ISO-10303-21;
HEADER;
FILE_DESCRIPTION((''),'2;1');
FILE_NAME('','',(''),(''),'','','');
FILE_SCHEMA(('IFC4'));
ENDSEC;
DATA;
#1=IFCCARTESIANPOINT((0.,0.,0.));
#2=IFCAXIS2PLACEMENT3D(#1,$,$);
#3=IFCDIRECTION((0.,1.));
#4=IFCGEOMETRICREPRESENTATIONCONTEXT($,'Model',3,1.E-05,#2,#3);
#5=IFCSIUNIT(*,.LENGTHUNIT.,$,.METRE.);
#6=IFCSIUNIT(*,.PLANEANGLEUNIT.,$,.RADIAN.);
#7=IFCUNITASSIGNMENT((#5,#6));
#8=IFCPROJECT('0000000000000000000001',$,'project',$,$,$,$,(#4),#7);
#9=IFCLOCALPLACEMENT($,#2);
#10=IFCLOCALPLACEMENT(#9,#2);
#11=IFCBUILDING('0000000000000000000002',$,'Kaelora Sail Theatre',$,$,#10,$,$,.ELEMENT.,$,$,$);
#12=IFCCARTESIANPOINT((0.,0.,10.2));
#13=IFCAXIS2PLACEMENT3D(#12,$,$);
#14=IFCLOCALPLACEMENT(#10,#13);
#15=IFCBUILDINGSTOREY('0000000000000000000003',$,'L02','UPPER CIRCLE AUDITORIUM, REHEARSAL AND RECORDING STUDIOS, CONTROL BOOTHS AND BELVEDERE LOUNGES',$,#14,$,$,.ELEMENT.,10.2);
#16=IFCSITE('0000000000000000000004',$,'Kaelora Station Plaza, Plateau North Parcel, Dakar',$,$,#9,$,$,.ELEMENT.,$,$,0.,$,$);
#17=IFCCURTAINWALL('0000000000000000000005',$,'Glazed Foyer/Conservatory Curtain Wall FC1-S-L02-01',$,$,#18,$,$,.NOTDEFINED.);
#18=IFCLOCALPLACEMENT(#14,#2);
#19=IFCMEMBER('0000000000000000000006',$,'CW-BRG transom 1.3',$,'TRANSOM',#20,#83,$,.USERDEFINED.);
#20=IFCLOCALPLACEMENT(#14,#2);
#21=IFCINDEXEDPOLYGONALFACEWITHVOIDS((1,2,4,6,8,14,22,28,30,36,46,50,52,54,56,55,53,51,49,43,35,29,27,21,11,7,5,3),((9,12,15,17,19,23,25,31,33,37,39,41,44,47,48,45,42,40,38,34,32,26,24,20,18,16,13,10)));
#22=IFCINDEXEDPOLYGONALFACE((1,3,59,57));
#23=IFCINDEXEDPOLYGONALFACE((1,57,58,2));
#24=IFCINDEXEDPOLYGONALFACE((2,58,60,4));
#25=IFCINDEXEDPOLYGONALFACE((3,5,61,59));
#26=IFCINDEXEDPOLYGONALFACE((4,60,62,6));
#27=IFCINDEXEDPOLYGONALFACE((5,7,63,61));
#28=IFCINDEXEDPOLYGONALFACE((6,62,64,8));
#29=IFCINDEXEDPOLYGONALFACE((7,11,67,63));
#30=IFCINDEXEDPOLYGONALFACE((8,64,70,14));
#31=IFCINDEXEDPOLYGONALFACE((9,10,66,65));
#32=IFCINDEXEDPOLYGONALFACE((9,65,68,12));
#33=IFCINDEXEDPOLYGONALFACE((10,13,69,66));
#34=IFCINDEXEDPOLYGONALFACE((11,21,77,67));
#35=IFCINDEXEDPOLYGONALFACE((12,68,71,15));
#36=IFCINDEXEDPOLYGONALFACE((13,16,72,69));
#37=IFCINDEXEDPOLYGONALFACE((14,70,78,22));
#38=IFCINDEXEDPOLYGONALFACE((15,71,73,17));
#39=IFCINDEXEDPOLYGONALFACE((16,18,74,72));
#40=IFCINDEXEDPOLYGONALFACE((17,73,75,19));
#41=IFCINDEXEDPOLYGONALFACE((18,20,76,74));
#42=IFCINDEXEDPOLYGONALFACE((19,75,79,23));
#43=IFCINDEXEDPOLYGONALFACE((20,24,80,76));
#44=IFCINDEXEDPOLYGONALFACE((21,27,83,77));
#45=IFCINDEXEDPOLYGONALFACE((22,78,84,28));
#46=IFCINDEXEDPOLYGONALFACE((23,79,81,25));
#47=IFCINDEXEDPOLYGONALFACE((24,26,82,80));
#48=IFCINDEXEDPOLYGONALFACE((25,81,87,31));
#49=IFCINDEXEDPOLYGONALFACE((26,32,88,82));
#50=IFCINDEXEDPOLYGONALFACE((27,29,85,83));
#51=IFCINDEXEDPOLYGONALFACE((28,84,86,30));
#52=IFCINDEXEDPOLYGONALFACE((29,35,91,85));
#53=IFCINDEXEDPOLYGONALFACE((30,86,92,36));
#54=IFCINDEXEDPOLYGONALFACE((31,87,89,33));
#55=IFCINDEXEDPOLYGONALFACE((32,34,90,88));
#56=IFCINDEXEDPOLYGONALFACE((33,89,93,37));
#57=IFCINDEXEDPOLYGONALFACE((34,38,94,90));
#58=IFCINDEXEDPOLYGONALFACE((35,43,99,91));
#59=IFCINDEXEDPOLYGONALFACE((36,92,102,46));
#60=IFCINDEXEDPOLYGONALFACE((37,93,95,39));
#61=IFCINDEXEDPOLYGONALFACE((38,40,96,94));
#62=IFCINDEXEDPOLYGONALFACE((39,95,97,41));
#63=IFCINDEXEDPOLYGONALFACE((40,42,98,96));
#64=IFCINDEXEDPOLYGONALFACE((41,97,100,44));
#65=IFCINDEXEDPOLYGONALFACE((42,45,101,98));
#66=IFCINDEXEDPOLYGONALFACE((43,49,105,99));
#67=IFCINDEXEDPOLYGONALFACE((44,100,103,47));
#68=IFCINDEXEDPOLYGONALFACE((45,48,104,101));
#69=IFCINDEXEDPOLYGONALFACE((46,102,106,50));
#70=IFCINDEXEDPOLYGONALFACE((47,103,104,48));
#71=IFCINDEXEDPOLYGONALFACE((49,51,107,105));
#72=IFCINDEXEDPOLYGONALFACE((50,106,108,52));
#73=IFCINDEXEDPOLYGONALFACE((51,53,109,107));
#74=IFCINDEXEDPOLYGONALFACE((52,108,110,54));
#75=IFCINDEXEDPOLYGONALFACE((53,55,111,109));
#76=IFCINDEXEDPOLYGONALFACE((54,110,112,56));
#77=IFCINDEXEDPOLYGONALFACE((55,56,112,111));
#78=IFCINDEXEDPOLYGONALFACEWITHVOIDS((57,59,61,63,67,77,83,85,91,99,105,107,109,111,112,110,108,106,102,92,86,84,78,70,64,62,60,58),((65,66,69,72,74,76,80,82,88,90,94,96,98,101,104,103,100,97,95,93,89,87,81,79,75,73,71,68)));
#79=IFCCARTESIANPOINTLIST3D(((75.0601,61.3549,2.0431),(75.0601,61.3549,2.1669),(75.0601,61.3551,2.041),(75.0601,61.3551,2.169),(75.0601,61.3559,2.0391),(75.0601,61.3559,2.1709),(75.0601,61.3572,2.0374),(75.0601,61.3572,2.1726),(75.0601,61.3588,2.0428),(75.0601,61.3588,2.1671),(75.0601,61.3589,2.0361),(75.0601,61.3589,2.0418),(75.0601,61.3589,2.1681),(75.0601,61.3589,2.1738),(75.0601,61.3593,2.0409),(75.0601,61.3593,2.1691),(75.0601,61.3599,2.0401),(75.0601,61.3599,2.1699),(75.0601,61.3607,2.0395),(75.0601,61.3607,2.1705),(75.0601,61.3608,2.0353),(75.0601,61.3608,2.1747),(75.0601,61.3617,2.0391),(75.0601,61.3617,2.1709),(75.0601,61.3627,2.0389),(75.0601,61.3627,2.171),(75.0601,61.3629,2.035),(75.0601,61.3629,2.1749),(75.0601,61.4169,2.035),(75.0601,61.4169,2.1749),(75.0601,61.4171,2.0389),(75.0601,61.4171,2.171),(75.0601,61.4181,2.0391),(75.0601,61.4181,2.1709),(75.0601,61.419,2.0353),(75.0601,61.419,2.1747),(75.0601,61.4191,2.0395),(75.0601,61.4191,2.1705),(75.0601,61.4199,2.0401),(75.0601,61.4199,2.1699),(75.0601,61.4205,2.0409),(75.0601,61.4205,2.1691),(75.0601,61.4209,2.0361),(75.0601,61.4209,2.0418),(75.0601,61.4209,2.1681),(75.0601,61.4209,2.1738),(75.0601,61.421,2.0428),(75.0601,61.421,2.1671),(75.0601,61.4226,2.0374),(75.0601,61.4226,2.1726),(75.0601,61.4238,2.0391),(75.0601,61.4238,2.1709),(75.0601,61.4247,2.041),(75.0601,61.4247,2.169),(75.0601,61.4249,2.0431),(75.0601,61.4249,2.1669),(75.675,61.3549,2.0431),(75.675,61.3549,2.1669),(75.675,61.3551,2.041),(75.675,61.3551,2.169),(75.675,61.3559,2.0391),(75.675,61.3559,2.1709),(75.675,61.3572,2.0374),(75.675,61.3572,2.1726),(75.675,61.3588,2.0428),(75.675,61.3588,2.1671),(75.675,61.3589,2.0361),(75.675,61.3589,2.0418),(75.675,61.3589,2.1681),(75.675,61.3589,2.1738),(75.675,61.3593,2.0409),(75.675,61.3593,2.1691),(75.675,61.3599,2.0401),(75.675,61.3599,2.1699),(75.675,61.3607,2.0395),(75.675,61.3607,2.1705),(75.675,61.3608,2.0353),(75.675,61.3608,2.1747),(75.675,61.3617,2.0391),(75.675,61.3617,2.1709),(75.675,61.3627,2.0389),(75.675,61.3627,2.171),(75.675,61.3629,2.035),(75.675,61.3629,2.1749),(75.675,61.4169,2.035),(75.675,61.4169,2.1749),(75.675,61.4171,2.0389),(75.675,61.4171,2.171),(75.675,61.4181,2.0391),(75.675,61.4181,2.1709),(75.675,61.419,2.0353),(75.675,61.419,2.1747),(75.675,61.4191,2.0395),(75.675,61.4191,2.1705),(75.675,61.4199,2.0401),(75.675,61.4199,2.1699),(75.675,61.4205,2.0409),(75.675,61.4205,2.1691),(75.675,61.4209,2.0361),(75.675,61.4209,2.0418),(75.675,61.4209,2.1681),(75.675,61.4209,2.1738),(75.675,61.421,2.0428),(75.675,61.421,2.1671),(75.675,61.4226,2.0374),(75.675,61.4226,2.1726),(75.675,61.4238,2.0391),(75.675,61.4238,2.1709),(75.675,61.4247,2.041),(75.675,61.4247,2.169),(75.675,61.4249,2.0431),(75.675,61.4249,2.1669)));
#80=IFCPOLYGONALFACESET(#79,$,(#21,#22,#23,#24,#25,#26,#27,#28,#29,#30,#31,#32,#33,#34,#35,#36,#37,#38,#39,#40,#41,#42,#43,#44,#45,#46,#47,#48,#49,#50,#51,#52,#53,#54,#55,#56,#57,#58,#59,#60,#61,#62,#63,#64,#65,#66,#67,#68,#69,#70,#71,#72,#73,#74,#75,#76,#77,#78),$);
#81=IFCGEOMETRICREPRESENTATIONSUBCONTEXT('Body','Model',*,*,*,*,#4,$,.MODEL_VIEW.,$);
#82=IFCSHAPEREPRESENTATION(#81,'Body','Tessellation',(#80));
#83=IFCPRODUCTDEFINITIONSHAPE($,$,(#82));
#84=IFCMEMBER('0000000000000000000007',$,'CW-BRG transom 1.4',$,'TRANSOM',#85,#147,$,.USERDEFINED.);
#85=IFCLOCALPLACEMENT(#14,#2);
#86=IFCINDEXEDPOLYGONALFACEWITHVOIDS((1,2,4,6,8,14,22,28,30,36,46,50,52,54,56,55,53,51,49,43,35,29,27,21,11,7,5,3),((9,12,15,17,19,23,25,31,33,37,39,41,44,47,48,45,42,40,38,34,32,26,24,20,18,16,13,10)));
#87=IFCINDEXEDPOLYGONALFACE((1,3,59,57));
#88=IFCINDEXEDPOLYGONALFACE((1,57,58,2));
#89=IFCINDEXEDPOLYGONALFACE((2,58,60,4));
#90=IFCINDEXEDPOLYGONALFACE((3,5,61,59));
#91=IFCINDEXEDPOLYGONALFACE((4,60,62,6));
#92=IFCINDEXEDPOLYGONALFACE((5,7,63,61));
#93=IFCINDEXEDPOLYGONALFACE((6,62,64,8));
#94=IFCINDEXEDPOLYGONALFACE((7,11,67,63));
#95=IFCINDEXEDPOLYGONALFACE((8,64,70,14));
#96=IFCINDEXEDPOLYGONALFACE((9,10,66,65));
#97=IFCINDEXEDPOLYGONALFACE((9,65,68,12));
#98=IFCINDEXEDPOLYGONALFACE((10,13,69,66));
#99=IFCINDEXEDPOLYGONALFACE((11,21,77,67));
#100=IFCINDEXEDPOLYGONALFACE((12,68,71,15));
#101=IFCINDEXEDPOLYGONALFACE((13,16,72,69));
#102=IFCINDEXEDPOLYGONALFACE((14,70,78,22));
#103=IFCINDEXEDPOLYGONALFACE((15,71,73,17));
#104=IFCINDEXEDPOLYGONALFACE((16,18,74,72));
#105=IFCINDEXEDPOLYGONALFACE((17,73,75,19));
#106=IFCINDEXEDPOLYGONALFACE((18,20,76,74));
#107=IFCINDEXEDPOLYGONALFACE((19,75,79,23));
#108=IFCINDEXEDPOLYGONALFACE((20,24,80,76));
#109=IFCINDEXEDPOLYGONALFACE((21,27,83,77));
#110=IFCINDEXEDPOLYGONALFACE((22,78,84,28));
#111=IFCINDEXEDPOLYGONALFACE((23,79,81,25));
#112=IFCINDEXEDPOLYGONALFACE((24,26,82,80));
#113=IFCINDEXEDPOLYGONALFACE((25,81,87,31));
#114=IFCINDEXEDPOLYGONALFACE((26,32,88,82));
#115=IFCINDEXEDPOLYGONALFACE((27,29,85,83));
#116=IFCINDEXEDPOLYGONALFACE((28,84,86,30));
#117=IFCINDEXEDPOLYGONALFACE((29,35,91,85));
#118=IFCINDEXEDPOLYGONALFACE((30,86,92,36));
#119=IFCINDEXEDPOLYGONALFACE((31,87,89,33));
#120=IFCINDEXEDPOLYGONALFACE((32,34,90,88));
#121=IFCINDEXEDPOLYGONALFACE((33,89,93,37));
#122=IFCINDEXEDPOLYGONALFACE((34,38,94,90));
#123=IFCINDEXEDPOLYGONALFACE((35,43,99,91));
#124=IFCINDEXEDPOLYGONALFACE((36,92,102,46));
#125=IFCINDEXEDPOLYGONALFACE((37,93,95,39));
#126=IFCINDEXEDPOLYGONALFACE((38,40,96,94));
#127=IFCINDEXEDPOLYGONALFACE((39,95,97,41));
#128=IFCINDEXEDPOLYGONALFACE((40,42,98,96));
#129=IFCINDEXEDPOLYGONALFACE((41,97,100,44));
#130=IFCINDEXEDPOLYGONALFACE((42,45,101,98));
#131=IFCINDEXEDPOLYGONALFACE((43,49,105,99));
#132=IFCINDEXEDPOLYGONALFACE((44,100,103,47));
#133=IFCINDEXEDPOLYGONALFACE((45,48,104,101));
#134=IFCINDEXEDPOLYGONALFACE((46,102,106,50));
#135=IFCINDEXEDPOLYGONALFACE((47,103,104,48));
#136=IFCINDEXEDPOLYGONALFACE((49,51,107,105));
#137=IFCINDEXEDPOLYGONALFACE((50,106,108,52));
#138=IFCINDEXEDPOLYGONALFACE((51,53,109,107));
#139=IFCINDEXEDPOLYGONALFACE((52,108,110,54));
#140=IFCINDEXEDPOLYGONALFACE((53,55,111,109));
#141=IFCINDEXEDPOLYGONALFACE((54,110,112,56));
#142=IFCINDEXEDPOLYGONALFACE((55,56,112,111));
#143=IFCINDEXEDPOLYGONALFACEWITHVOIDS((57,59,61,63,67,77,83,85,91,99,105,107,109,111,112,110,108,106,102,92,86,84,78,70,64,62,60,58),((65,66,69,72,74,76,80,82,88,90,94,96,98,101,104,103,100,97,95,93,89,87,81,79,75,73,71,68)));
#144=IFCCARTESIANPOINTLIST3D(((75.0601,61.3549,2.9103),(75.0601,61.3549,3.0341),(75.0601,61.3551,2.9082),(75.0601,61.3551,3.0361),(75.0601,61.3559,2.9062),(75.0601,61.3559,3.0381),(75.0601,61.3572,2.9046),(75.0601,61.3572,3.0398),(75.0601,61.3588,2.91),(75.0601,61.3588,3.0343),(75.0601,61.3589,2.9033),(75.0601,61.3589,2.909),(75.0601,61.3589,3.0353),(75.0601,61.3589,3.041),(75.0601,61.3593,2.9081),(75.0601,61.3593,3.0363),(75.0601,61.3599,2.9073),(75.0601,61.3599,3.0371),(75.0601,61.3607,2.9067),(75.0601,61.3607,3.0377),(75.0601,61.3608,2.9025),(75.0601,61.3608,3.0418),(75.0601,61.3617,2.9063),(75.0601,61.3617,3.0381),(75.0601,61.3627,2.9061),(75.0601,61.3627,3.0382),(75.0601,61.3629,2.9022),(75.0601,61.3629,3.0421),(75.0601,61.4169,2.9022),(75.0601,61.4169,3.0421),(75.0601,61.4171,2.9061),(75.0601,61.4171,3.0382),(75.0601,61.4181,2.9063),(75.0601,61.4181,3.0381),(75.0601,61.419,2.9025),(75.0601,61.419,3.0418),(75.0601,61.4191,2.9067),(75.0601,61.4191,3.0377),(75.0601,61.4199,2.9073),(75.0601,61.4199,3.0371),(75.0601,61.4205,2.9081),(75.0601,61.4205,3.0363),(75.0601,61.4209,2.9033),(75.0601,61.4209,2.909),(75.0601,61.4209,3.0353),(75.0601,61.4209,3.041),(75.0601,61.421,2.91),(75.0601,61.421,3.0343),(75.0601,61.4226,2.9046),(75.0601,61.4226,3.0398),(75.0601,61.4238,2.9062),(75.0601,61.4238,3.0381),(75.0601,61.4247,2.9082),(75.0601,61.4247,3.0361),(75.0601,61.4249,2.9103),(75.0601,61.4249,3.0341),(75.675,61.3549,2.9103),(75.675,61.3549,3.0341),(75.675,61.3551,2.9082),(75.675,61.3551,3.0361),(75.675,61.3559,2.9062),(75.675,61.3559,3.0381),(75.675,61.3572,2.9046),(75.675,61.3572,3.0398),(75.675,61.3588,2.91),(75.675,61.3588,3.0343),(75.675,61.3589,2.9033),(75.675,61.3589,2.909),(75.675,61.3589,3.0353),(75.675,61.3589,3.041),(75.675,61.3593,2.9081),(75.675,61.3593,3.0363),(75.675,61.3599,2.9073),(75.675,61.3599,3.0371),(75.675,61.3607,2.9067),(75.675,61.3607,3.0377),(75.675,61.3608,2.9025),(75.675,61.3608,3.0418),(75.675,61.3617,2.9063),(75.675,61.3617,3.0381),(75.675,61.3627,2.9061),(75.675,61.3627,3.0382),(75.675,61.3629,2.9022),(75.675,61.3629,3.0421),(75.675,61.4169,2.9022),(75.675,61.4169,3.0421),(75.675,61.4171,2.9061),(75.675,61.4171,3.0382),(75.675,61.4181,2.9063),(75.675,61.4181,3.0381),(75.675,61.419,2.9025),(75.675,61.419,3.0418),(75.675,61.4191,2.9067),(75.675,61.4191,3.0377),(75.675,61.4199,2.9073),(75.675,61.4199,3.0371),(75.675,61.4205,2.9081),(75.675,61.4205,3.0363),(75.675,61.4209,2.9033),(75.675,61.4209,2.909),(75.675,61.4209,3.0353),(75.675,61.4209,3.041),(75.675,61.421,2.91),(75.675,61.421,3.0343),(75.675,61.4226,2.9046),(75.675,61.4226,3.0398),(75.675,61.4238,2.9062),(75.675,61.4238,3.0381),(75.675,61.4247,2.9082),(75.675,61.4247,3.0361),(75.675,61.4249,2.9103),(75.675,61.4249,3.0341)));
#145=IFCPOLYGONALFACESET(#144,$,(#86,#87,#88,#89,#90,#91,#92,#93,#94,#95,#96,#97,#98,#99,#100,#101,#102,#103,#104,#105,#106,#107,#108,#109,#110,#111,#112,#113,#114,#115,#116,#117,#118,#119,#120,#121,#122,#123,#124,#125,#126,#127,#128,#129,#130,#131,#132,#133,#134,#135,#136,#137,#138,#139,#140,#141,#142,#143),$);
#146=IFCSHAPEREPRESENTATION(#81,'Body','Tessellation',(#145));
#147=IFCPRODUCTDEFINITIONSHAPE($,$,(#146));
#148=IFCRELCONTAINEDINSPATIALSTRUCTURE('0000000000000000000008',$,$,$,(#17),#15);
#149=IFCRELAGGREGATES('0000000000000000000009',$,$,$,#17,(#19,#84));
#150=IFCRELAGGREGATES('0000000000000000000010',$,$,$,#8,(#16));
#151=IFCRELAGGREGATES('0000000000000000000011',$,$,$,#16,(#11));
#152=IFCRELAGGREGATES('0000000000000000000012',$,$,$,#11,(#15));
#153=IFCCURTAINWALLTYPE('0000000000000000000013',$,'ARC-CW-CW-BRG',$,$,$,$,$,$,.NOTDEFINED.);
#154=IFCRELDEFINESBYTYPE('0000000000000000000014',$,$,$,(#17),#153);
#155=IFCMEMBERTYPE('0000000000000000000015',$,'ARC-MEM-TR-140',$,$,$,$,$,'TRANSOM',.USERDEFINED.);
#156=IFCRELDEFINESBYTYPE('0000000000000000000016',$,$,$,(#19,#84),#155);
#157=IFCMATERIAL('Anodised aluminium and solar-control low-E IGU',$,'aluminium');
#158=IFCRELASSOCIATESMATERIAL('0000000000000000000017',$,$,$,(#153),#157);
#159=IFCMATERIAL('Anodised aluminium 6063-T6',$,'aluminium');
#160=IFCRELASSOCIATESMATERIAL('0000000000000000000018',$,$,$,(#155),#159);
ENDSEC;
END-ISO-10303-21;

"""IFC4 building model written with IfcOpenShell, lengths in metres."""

from ifc_helpers import new_model, si_unit, direction, frame, origin, origin_2d, place, context, subcontext, project, spatial, hollow_rectangle, extrude, material, material_profile, profile_set, type_object, element, aggregate, save


model = new_model("IFC4")

# Units and contexts
model_context = context("Model", 3, precision=1e-05, world=origin(), true_north=direction((0.0, 1.0)))
body_context = subcontext(model_context, "Body", "Model", "MODEL_VIEW")
ifc_project = project(units=[si_unit("LENGTHUNIT", "METRE"), si_unit("PLANEANGLEUNIT", "RADIAN")], contexts=[model_context])

# Site, building, storey
site_placement = place(None, origin())
site = spatial("IfcSite", under=ifc_project, at=site_placement, Name="Kaelora Station Plaza, Plateau North Parcel, Dakar", CompositionType="ELEMENT", RefElevation=0.0)
building_placement = place(site_placement, origin())
building = spatial("IfcBuilding", under=site, at=building_placement, Name="Kaelora Sail Theatre", CompositionType="ELEMENT")
storey_placement = place(building_placement, frame((0.0, 0.0, 10.2)))
storey = spatial("IfcBuildingStorey", under=building, at=storey_placement, Name="L02", Description="UPPER CIRCLE AUDITORIUM, REHEARSAL AND RECORDING STUDIOS, CONTROL BOOTHS AND BELVEDERE LOUNGES", CompositionType="ELEMENT", Elevation=10.2)

# Curtain wall
ifc_material_1 = material(Name="Anodised aluminium and solar-control low-E IGU", Category="aluminium")
curtain_wall_type = type_object("IfcCurtainWallType", Name="ARC-CW-CW-BRG", PredefinedType="NOTDEFINED", material=ifc_material_1)
curtain_wall_1_placement = place(storey_placement, origin())
curtain_wall_1 = element("IfcCurtainWall", 1, at=curtain_wall_1_placement, inside=storey, type_object=curtain_wall_type, Name="Glazed Foyer/Conservatory Curtain Wall FC1-S-L02-01", PredefinedType="NOTDEFINED")

# Members
ifc_material_2 = material(Name="Anodised aluminium 6063-T6", Category="aluminium")
ifc_material_profile_1 = material_profile(ifc_material_2, hollow_rectangle(XDim=0.0701, YDim=0.1399, WallThickness=0.0039, InnerFilletRadius=0.0039, OuterFilletRadius=0.0081, at=origin_2d()), Name="ALU-TRAN 70x140x4")
ifc_profile_set_1 = profile_set([ifc_material_profile_1], Name="Anodised aluminium 6063-T6")
member_type_1 = type_object("IfcMemberType", Name="ARC-MEM-TR-140", ElementType="TRANSOM", PredefinedType="USERDEFINED", material=ifc_profile_set_1)
member_1_placement = place(storey_placement, frame((75.0601, 61.3899, 2.105), z_axis=(1.0, 0.0, 0.0), x_axis=(0.0, 1.0, 0.0)))
member_1 = element("IfcMember", 2, at=member_1_placement, type_object=member_type_1, Name="CW-BRG transom 1.3", ObjectType="TRANSOM", PredefinedType="USERDEFINED", context=body_context, shape_type="SweptSolid", body=[
    extrude(hollow_rectangle(XDim=0.0701, YDim=0.1399, WallThickness=0.0039, InnerFilletRadius=0.0039, OuterFilletRadius=0.0081, at=origin_2d()), origin(), (0.0, 0.0, 1.0), 0.615),
])
member_2_placement = place(storey_placement, frame((75.0601, 61.3899, 2.9722), z_axis=(1.0, 0.0, 0.0), x_axis=(0.0, 1.0, 0.0)))
member_2 = element("IfcMember", 3, at=member_2_placement, type_object=member_type_1, Name="CW-BRG transom 1.4", ObjectType="TRANSOM", PredefinedType="USERDEFINED", context=body_context, shape_type="SweptSolid", body=[
    extrude(hollow_rectangle(XDim=0.0701, YDim=0.1399, WallThickness=0.0039, InnerFilletRadius=0.0039, OuterFilletRadius=0.0081, at=origin_2d()), origin(), (0.0, 0.0, 1.0), 0.615),
])

aggregate(curtain_wall_1, [member_1, member_2])

save(model, "model.ifc")
